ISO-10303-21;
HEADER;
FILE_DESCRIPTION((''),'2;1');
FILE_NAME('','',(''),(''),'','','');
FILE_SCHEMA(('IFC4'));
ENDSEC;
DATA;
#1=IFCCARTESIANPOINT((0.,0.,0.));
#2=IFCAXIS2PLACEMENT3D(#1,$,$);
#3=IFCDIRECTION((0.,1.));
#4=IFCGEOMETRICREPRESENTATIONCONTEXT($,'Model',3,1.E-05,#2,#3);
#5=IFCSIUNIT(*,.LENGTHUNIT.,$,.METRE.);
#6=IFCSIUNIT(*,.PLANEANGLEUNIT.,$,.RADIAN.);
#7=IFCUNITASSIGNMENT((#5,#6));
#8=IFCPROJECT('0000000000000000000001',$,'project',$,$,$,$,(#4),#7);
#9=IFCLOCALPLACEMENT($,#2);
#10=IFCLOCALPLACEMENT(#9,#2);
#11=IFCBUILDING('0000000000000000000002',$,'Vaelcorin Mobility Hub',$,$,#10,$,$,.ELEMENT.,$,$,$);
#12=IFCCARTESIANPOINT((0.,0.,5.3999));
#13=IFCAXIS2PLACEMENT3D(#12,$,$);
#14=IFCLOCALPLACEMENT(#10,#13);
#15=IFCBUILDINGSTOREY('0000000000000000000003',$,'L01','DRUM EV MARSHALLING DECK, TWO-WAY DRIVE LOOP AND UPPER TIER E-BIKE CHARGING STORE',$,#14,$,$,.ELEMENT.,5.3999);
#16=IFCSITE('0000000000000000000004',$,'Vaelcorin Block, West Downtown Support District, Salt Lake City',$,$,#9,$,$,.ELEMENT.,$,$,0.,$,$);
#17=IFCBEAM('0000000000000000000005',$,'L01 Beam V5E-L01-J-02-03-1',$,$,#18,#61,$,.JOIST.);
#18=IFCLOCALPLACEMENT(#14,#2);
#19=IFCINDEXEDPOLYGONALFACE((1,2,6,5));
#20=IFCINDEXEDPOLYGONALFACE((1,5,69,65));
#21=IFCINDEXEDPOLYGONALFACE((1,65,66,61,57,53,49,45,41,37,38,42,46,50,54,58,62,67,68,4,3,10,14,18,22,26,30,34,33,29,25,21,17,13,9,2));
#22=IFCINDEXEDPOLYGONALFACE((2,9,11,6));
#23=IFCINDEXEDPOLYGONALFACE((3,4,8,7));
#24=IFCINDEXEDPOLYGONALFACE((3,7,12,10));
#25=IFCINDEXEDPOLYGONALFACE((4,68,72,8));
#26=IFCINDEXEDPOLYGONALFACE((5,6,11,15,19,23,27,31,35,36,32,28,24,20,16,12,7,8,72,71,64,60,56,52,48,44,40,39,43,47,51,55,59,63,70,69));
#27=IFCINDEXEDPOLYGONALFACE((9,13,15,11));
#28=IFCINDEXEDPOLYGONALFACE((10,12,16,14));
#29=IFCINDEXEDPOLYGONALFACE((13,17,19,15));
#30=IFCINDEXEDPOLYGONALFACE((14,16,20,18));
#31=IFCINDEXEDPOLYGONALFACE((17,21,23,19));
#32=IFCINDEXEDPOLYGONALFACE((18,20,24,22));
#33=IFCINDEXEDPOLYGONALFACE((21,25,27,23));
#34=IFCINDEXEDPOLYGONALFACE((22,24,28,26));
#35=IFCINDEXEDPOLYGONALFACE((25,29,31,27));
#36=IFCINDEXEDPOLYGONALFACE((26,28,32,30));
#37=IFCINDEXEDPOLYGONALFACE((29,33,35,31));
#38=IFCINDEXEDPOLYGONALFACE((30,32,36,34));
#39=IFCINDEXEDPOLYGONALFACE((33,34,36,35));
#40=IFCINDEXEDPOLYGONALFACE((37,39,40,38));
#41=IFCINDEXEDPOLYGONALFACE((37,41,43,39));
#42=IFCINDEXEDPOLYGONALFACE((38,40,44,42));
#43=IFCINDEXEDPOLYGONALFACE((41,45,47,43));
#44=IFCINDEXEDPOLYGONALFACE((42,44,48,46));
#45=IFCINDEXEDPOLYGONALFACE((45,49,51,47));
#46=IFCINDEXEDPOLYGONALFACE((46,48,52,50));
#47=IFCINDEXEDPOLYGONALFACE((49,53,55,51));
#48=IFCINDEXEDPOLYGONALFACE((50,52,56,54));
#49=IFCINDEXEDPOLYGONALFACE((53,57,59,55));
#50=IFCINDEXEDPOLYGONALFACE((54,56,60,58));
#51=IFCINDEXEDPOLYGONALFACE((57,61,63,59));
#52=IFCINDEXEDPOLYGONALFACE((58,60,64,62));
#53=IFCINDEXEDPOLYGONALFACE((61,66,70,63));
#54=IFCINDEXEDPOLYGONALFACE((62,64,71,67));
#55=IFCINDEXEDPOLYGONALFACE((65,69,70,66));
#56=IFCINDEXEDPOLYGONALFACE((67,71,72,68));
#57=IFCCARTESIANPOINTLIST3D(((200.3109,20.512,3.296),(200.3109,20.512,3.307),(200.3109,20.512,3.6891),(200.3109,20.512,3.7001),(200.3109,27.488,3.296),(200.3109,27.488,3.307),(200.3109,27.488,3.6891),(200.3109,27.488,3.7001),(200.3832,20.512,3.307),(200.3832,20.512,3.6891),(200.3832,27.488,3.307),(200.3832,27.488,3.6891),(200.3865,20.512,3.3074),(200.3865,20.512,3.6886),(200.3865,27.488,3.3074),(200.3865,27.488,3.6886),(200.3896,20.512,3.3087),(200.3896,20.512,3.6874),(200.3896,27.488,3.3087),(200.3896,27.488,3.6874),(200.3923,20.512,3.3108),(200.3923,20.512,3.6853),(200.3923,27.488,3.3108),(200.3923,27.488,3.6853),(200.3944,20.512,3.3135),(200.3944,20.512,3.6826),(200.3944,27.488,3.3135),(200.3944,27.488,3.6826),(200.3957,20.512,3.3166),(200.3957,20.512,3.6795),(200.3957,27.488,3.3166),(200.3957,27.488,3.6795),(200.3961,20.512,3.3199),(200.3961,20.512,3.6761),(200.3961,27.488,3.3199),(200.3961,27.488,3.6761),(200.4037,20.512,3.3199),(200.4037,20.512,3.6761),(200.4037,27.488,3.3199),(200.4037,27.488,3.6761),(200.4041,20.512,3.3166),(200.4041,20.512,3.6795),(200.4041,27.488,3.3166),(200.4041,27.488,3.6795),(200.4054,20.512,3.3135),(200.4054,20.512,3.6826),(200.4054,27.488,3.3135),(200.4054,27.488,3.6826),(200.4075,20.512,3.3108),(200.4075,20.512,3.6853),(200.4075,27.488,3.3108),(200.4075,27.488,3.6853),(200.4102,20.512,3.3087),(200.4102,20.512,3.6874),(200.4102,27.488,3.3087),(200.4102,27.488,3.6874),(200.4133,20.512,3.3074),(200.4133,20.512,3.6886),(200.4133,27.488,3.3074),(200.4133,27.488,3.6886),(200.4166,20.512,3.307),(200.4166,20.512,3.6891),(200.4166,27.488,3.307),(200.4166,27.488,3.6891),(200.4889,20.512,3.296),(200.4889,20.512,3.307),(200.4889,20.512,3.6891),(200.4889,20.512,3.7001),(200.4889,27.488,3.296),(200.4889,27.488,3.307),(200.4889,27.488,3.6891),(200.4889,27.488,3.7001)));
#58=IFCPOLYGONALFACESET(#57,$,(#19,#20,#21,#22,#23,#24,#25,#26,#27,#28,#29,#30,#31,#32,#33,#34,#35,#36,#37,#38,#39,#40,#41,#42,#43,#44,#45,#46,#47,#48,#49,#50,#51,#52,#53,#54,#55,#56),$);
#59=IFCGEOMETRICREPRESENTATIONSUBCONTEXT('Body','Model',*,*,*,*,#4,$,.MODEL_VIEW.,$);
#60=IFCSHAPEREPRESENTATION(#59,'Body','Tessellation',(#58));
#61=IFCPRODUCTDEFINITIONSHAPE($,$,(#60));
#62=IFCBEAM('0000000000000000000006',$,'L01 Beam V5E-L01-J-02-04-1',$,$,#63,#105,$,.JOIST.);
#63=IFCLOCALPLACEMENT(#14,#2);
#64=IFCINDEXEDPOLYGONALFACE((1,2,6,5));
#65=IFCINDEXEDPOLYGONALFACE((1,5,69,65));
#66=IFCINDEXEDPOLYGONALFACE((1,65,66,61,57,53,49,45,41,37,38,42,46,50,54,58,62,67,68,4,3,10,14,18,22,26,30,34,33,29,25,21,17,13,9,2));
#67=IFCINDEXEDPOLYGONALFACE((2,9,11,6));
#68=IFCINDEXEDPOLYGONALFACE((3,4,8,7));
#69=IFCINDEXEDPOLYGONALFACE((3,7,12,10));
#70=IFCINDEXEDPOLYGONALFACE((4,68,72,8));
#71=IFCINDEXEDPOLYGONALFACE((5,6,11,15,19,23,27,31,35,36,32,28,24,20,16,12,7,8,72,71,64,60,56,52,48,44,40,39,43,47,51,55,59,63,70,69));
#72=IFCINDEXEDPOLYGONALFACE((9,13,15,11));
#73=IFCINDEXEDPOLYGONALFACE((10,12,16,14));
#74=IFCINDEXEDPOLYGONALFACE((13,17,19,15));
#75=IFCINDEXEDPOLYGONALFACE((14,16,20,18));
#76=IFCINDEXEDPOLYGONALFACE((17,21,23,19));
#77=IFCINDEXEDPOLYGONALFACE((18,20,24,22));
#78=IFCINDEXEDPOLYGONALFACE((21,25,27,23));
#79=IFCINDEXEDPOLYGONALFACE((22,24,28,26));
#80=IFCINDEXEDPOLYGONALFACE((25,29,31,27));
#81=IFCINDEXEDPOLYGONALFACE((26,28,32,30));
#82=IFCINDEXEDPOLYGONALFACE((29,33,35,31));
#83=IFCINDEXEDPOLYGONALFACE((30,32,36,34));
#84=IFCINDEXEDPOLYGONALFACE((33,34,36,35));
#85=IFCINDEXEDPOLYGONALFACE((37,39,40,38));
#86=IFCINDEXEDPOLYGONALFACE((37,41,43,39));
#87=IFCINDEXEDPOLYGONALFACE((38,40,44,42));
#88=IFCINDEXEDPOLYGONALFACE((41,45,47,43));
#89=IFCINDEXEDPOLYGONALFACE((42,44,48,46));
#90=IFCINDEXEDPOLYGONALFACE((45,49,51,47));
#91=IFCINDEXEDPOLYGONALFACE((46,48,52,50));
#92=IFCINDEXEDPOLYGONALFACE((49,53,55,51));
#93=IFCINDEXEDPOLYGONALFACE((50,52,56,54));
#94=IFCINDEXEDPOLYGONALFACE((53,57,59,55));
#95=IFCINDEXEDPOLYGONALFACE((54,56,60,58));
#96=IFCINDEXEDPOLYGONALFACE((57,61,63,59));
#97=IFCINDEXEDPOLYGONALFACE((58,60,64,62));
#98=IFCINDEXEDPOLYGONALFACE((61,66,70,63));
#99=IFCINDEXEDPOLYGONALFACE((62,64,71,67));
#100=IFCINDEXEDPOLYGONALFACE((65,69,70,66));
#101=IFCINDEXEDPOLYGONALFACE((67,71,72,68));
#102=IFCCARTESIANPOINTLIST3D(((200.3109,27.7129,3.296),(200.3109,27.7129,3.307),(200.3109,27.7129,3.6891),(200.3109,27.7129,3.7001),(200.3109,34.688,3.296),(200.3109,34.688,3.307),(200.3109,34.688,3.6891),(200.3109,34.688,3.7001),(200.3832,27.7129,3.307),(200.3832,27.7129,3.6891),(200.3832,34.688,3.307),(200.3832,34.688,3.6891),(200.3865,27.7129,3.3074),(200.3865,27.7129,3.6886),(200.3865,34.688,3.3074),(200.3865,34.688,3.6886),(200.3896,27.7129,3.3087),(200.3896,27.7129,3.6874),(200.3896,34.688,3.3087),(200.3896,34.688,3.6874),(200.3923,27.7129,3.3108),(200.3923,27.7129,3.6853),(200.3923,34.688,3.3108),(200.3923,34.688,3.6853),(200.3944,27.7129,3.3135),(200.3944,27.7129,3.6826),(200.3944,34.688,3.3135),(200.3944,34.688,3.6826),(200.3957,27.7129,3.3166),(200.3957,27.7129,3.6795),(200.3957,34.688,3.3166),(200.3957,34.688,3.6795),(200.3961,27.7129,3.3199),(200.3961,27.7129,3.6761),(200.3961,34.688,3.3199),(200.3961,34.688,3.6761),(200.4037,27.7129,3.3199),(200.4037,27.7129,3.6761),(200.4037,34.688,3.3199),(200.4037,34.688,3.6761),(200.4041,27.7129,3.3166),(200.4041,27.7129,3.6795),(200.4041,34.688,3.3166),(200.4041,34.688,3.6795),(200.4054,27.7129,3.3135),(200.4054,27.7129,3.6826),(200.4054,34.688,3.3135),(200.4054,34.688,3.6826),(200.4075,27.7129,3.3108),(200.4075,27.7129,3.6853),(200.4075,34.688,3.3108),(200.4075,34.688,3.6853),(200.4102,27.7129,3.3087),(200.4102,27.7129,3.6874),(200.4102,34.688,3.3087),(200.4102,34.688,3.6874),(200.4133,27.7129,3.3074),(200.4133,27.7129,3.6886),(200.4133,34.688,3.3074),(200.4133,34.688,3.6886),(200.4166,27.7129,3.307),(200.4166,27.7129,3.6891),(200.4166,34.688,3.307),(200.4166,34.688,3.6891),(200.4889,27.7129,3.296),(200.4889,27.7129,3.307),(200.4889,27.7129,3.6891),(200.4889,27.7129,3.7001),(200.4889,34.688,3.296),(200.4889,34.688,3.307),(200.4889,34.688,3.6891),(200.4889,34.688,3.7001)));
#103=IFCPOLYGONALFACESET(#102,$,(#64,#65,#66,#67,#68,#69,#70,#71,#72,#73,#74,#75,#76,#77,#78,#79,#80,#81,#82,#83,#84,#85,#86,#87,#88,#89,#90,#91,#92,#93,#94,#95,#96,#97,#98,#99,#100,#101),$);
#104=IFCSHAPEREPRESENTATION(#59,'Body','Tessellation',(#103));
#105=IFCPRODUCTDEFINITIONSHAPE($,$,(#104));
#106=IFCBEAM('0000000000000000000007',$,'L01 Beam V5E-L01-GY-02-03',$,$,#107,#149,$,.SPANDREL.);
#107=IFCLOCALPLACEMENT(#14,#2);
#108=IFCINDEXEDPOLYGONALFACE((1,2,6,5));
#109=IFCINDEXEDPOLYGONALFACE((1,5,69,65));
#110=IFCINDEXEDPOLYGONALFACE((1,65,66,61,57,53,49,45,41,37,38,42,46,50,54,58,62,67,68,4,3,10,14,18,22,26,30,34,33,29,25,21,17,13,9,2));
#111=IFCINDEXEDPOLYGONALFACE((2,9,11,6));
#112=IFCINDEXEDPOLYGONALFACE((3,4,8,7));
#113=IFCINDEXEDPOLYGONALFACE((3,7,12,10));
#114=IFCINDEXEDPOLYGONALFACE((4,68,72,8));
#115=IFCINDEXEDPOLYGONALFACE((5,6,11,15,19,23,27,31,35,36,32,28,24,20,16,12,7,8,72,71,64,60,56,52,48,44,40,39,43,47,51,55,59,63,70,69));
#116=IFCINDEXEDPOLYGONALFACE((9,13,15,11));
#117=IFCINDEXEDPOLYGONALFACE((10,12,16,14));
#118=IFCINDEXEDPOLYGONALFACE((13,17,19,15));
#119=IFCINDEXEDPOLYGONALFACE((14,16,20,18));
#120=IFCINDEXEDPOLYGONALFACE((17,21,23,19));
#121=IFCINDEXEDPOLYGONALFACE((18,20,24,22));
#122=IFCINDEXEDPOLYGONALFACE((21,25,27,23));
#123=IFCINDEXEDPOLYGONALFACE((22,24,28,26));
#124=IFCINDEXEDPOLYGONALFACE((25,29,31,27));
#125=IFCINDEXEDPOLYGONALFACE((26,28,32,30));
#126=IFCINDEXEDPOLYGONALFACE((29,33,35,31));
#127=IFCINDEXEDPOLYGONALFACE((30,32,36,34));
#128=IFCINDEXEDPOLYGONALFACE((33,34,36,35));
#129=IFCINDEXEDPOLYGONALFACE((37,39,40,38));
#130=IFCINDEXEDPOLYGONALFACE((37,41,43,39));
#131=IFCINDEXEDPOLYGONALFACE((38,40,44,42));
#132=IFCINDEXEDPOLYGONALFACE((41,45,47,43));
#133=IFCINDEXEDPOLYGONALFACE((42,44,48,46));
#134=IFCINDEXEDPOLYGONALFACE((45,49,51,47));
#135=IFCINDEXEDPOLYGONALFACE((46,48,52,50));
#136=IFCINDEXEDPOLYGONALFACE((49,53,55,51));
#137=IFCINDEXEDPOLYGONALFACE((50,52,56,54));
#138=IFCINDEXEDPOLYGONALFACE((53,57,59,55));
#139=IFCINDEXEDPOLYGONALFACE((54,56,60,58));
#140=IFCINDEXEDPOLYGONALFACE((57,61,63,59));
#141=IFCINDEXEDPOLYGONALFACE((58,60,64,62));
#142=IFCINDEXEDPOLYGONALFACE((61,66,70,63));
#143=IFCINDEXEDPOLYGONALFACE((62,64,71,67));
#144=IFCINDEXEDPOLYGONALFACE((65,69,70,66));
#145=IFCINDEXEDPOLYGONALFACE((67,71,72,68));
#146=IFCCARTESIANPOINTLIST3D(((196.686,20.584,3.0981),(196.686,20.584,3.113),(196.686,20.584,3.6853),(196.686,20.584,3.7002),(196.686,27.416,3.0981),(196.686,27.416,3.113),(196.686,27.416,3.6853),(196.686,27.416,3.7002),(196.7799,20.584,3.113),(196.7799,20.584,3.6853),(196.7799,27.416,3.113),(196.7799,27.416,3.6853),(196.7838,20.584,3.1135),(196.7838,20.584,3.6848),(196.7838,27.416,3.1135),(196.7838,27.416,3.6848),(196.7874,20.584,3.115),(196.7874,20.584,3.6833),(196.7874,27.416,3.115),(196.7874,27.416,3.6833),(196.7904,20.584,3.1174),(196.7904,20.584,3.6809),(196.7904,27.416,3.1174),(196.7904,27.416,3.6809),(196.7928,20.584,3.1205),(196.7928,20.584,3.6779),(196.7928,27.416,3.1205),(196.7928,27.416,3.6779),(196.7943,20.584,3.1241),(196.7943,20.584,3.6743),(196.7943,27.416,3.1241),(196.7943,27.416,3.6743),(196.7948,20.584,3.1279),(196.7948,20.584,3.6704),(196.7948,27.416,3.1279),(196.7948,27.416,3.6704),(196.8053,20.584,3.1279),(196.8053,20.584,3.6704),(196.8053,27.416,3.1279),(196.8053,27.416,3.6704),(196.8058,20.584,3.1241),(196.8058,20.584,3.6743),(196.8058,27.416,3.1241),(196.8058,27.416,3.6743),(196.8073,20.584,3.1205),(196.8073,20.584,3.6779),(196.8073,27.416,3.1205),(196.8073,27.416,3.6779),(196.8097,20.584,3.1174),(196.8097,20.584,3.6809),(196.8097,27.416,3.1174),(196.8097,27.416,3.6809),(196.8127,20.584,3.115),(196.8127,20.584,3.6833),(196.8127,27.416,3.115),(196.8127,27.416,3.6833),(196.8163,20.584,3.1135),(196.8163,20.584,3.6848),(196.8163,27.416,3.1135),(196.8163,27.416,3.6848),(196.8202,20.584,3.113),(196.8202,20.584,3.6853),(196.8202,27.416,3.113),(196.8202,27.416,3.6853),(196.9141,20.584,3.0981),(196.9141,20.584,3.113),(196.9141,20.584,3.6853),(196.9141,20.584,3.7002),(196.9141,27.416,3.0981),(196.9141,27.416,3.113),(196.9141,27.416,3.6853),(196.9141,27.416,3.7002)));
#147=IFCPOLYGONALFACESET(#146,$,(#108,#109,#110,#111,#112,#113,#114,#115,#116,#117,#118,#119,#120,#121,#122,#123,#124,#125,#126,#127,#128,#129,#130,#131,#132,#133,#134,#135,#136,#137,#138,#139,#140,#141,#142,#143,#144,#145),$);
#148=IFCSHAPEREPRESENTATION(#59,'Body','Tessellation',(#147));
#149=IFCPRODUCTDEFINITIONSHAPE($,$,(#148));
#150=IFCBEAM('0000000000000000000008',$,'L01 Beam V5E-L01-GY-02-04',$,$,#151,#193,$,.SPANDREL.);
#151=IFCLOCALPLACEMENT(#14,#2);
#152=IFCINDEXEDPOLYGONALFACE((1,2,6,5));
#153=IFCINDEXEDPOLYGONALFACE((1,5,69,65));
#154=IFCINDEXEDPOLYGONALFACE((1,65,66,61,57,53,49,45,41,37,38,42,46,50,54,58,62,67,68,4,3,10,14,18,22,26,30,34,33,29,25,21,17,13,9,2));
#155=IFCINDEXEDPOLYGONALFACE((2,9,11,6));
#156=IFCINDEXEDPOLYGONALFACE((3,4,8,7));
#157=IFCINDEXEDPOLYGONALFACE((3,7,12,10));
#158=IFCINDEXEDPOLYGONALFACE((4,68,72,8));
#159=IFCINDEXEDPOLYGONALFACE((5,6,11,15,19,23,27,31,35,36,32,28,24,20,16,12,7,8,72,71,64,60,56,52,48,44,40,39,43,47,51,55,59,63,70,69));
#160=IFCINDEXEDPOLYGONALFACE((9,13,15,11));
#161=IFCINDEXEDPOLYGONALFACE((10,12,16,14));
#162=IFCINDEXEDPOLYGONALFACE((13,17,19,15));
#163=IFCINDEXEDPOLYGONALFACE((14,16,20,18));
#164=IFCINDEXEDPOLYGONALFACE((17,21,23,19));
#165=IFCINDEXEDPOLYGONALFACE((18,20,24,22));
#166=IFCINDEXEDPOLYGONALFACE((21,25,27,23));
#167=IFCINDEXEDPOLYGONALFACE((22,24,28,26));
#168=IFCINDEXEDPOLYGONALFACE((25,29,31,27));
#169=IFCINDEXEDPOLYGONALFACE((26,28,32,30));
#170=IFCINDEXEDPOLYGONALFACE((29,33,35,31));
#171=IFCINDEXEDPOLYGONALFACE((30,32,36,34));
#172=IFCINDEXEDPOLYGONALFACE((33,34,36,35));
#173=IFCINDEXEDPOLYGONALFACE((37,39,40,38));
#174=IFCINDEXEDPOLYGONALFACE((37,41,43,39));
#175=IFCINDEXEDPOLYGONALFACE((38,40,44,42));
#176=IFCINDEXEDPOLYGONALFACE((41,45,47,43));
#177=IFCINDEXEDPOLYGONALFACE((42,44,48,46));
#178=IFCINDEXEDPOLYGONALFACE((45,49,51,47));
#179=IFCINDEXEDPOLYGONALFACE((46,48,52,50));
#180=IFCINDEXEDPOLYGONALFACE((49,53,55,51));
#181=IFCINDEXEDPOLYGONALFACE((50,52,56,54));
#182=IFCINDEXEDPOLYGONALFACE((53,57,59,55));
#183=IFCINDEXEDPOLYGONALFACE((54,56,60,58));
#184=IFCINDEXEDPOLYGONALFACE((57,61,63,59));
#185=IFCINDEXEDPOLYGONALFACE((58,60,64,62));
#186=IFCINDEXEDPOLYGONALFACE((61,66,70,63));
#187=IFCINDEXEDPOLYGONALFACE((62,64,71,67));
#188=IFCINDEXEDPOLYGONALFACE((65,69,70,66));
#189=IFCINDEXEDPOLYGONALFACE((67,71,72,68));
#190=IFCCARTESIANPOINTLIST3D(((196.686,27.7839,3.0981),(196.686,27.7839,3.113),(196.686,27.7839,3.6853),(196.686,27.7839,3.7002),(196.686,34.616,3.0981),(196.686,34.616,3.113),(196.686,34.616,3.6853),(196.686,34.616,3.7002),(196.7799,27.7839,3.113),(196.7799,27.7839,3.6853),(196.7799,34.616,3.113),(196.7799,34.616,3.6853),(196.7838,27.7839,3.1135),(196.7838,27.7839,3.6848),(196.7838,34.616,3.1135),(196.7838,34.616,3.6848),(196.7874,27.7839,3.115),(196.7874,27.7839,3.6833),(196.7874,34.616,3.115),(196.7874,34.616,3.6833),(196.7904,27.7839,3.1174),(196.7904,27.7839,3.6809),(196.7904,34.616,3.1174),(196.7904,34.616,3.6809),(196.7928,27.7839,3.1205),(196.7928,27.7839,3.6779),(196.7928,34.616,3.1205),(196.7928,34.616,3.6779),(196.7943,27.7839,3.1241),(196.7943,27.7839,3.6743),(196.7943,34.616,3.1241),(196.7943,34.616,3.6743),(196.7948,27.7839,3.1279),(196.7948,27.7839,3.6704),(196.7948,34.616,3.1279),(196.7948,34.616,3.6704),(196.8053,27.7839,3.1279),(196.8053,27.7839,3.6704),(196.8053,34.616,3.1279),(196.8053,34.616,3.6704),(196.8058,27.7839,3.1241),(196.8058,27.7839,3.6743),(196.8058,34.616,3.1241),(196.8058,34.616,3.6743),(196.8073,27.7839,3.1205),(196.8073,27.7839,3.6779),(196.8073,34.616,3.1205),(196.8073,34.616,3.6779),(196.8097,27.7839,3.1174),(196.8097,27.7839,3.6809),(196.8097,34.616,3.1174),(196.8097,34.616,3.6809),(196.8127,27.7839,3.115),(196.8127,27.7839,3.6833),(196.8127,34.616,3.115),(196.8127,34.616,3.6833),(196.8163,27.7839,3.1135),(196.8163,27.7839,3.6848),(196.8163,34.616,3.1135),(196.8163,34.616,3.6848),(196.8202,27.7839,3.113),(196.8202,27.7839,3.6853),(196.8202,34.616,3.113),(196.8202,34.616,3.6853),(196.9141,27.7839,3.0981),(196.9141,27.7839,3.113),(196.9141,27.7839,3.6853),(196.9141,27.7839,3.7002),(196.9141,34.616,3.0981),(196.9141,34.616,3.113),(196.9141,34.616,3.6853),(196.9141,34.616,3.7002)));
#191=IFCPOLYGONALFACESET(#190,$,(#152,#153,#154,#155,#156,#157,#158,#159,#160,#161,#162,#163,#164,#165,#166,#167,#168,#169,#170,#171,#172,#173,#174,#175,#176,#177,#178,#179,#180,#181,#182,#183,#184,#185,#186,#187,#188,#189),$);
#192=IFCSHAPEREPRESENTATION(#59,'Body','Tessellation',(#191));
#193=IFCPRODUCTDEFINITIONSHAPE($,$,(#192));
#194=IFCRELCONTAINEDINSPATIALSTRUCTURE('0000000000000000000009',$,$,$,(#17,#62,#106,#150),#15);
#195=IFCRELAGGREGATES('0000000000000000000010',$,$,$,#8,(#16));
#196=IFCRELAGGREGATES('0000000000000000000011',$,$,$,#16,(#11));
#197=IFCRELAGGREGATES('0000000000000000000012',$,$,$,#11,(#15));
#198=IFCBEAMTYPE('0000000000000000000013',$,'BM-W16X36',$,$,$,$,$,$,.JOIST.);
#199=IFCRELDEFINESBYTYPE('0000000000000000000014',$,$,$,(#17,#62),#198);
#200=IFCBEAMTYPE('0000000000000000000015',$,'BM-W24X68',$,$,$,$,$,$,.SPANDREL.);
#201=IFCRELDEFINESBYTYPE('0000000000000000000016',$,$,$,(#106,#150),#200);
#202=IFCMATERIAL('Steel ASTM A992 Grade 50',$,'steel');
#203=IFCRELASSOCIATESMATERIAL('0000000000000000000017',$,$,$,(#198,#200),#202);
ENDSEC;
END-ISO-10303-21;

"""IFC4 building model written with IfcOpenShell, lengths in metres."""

from ifc_helpers import new_model, si_unit, direction, frame, origin, origin_2d, place, context, subcontext, project, spatial, i_section, extrude, material, material_profile, profile_set, type_object, element, save


model = new_model("IFC4")

# Units and contexts
model_context = context("Model", 3, precision=1e-05, world=origin(), true_north=direction((0.0, 1.0)))
body_context = subcontext(model_context, "Body", "Model", "MODEL_VIEW")
ifc_project = project(units=[si_unit("LENGTHUNIT", "METRE"), si_unit("PLANEANGLEUNIT", "RADIAN")], contexts=[model_context])

# Site, building, storey
site_placement = place(None, origin())
site = spatial("IfcSite", under=ifc_project, at=site_placement, Name="Vaelcorin Block, West Downtown Support District, Salt Lake City", CompositionType="ELEMENT", RefElevation=0.0)
building_placement = place(site_placement, origin())
building = spatial("IfcBuilding", under=site, at=building_placement, Name="Vaelcorin Mobility Hub", CompositionType="ELEMENT")
storey_placement = place(building_placement, frame((0.0, 0.0, 5.3999)))
storey = spatial("IfcBuildingStorey", under=building, at=storey_placement, Name="L01", Description="DRUM EV MARSHALLING DECK, TWO-WAY DRIVE LOOP AND UPPER TIER E-BIKE CHARGING STORE", CompositionType="ELEMENT", Elevation=5.3999)

# Shared definitions
ifc_material_1 = material(Name="Steel ASTM A992 Grade 50", Category="steel")

# Beams
ifc_material_profile_1 = material_profile(ifc_material_1, i_section(OverallWidth=0.178, OverallDepth=0.4041, WebThickness=0.0076, FlangeThickness=0.011, FilletRadius=0.0129, at=origin_2d()), Name="W16X36")
ifc_profile_set_1 = profile_set([ifc_material_profile_1], Name="Steel ASTM A992 Grade 50")
beam_type_1 = type_object("IfcBeamType", Name="BM-W16X36", PredefinedType="JOIST", material=ifc_profile_set_1)
beam_1_placement = place(storey_placement, frame((200.3999, 20.512, 3.498), z_axis=(0.0, 1.0, 0.0), x_axis=(-1.0, 0.0, 0.0)))
element("IfcBeam", 1, at=beam_1_placement, inside=storey, type_object=beam_type_1, Name="L01 Beam V5E-L01-J-02-03-1", PredefinedType="JOIST", context=body_context, shape_type="SweptSolid", body=[
    extrude(i_section(OverallWidth=0.178, OverallDepth=0.4041, WebThickness=0.0076, FlangeThickness=0.011, FilletRadius=0.0129, at=origin_2d()), origin(), (0.0, 0.0, 1.0), 6.9761),
])
beam_2_placement = place(storey_placement, frame((200.3999, 27.7129, 3.498), z_axis=(0.0, 1.0, 0.0), x_axis=(-1.0, 0.0, 0.0)))
element("IfcBeam", 2, at=beam_2_placement, inside=storey, type_object=beam_type_1, Name="L01 Beam V5E-L01-J-02-04-1", PredefinedType="JOIST", context=body_context, shape_type="SweptSolid", body=[
    extrude(i_section(OverallWidth=0.178, OverallDepth=0.4041, WebThickness=0.0076, FlangeThickness=0.011, FilletRadius=0.0129, at=origin_2d()), origin(), (0.0, 0.0, 1.0), 6.9751),
])
ifc_material_profile_2 = material_profile(ifc_material_1, i_section(OverallWidth=0.228, OverallDepth=0.6021, WebThickness=0.0105, FlangeThickness=0.0149, FilletRadius=0.0149, at=origin_2d()), Name="W24X68")
ifc_profile_set_2 = profile_set([ifc_material_profile_2], Name="Steel ASTM A992 Grade 50")
beam_type_2 = type_object("IfcBeamType", Name="BM-W24X68", PredefinedType="SPANDREL", material=ifc_profile_set_2)
for number, where, z_axis, x_axis, name in (
    (3, (196.8, 20.584, 3.3992), (0.0, 1.0, 0.0), (-1.0, 0.0, 0.0), "L01 Beam V5E-L01-GY-02-03"),
    (4, (196.8, 27.7839, 3.3992), (0.0, 1.0, 0.0), (-1.0, 0.0, 0.0), "L01 Beam V5E-L01-GY-02-04"),
):
    element("IfcBeam", number, at=place(storey_placement, frame(where, z_axis=z_axis, x_axis=x_axis)), inside=storey, type_object=beam_type_2, Name=name, PredefinedType="SPANDREL", context=body_context, shape_type="SweptSolid", body=[
        extrude(i_section(OverallWidth=0.228, OverallDepth=0.6021, WebThickness=0.0105, FlangeThickness=0.0149, FilletRadius=0.0149, at=origin_2d()), origin(), (0.0, 0.0, 1.0), 6.832),
    ])

save(model, "model.ifc")
